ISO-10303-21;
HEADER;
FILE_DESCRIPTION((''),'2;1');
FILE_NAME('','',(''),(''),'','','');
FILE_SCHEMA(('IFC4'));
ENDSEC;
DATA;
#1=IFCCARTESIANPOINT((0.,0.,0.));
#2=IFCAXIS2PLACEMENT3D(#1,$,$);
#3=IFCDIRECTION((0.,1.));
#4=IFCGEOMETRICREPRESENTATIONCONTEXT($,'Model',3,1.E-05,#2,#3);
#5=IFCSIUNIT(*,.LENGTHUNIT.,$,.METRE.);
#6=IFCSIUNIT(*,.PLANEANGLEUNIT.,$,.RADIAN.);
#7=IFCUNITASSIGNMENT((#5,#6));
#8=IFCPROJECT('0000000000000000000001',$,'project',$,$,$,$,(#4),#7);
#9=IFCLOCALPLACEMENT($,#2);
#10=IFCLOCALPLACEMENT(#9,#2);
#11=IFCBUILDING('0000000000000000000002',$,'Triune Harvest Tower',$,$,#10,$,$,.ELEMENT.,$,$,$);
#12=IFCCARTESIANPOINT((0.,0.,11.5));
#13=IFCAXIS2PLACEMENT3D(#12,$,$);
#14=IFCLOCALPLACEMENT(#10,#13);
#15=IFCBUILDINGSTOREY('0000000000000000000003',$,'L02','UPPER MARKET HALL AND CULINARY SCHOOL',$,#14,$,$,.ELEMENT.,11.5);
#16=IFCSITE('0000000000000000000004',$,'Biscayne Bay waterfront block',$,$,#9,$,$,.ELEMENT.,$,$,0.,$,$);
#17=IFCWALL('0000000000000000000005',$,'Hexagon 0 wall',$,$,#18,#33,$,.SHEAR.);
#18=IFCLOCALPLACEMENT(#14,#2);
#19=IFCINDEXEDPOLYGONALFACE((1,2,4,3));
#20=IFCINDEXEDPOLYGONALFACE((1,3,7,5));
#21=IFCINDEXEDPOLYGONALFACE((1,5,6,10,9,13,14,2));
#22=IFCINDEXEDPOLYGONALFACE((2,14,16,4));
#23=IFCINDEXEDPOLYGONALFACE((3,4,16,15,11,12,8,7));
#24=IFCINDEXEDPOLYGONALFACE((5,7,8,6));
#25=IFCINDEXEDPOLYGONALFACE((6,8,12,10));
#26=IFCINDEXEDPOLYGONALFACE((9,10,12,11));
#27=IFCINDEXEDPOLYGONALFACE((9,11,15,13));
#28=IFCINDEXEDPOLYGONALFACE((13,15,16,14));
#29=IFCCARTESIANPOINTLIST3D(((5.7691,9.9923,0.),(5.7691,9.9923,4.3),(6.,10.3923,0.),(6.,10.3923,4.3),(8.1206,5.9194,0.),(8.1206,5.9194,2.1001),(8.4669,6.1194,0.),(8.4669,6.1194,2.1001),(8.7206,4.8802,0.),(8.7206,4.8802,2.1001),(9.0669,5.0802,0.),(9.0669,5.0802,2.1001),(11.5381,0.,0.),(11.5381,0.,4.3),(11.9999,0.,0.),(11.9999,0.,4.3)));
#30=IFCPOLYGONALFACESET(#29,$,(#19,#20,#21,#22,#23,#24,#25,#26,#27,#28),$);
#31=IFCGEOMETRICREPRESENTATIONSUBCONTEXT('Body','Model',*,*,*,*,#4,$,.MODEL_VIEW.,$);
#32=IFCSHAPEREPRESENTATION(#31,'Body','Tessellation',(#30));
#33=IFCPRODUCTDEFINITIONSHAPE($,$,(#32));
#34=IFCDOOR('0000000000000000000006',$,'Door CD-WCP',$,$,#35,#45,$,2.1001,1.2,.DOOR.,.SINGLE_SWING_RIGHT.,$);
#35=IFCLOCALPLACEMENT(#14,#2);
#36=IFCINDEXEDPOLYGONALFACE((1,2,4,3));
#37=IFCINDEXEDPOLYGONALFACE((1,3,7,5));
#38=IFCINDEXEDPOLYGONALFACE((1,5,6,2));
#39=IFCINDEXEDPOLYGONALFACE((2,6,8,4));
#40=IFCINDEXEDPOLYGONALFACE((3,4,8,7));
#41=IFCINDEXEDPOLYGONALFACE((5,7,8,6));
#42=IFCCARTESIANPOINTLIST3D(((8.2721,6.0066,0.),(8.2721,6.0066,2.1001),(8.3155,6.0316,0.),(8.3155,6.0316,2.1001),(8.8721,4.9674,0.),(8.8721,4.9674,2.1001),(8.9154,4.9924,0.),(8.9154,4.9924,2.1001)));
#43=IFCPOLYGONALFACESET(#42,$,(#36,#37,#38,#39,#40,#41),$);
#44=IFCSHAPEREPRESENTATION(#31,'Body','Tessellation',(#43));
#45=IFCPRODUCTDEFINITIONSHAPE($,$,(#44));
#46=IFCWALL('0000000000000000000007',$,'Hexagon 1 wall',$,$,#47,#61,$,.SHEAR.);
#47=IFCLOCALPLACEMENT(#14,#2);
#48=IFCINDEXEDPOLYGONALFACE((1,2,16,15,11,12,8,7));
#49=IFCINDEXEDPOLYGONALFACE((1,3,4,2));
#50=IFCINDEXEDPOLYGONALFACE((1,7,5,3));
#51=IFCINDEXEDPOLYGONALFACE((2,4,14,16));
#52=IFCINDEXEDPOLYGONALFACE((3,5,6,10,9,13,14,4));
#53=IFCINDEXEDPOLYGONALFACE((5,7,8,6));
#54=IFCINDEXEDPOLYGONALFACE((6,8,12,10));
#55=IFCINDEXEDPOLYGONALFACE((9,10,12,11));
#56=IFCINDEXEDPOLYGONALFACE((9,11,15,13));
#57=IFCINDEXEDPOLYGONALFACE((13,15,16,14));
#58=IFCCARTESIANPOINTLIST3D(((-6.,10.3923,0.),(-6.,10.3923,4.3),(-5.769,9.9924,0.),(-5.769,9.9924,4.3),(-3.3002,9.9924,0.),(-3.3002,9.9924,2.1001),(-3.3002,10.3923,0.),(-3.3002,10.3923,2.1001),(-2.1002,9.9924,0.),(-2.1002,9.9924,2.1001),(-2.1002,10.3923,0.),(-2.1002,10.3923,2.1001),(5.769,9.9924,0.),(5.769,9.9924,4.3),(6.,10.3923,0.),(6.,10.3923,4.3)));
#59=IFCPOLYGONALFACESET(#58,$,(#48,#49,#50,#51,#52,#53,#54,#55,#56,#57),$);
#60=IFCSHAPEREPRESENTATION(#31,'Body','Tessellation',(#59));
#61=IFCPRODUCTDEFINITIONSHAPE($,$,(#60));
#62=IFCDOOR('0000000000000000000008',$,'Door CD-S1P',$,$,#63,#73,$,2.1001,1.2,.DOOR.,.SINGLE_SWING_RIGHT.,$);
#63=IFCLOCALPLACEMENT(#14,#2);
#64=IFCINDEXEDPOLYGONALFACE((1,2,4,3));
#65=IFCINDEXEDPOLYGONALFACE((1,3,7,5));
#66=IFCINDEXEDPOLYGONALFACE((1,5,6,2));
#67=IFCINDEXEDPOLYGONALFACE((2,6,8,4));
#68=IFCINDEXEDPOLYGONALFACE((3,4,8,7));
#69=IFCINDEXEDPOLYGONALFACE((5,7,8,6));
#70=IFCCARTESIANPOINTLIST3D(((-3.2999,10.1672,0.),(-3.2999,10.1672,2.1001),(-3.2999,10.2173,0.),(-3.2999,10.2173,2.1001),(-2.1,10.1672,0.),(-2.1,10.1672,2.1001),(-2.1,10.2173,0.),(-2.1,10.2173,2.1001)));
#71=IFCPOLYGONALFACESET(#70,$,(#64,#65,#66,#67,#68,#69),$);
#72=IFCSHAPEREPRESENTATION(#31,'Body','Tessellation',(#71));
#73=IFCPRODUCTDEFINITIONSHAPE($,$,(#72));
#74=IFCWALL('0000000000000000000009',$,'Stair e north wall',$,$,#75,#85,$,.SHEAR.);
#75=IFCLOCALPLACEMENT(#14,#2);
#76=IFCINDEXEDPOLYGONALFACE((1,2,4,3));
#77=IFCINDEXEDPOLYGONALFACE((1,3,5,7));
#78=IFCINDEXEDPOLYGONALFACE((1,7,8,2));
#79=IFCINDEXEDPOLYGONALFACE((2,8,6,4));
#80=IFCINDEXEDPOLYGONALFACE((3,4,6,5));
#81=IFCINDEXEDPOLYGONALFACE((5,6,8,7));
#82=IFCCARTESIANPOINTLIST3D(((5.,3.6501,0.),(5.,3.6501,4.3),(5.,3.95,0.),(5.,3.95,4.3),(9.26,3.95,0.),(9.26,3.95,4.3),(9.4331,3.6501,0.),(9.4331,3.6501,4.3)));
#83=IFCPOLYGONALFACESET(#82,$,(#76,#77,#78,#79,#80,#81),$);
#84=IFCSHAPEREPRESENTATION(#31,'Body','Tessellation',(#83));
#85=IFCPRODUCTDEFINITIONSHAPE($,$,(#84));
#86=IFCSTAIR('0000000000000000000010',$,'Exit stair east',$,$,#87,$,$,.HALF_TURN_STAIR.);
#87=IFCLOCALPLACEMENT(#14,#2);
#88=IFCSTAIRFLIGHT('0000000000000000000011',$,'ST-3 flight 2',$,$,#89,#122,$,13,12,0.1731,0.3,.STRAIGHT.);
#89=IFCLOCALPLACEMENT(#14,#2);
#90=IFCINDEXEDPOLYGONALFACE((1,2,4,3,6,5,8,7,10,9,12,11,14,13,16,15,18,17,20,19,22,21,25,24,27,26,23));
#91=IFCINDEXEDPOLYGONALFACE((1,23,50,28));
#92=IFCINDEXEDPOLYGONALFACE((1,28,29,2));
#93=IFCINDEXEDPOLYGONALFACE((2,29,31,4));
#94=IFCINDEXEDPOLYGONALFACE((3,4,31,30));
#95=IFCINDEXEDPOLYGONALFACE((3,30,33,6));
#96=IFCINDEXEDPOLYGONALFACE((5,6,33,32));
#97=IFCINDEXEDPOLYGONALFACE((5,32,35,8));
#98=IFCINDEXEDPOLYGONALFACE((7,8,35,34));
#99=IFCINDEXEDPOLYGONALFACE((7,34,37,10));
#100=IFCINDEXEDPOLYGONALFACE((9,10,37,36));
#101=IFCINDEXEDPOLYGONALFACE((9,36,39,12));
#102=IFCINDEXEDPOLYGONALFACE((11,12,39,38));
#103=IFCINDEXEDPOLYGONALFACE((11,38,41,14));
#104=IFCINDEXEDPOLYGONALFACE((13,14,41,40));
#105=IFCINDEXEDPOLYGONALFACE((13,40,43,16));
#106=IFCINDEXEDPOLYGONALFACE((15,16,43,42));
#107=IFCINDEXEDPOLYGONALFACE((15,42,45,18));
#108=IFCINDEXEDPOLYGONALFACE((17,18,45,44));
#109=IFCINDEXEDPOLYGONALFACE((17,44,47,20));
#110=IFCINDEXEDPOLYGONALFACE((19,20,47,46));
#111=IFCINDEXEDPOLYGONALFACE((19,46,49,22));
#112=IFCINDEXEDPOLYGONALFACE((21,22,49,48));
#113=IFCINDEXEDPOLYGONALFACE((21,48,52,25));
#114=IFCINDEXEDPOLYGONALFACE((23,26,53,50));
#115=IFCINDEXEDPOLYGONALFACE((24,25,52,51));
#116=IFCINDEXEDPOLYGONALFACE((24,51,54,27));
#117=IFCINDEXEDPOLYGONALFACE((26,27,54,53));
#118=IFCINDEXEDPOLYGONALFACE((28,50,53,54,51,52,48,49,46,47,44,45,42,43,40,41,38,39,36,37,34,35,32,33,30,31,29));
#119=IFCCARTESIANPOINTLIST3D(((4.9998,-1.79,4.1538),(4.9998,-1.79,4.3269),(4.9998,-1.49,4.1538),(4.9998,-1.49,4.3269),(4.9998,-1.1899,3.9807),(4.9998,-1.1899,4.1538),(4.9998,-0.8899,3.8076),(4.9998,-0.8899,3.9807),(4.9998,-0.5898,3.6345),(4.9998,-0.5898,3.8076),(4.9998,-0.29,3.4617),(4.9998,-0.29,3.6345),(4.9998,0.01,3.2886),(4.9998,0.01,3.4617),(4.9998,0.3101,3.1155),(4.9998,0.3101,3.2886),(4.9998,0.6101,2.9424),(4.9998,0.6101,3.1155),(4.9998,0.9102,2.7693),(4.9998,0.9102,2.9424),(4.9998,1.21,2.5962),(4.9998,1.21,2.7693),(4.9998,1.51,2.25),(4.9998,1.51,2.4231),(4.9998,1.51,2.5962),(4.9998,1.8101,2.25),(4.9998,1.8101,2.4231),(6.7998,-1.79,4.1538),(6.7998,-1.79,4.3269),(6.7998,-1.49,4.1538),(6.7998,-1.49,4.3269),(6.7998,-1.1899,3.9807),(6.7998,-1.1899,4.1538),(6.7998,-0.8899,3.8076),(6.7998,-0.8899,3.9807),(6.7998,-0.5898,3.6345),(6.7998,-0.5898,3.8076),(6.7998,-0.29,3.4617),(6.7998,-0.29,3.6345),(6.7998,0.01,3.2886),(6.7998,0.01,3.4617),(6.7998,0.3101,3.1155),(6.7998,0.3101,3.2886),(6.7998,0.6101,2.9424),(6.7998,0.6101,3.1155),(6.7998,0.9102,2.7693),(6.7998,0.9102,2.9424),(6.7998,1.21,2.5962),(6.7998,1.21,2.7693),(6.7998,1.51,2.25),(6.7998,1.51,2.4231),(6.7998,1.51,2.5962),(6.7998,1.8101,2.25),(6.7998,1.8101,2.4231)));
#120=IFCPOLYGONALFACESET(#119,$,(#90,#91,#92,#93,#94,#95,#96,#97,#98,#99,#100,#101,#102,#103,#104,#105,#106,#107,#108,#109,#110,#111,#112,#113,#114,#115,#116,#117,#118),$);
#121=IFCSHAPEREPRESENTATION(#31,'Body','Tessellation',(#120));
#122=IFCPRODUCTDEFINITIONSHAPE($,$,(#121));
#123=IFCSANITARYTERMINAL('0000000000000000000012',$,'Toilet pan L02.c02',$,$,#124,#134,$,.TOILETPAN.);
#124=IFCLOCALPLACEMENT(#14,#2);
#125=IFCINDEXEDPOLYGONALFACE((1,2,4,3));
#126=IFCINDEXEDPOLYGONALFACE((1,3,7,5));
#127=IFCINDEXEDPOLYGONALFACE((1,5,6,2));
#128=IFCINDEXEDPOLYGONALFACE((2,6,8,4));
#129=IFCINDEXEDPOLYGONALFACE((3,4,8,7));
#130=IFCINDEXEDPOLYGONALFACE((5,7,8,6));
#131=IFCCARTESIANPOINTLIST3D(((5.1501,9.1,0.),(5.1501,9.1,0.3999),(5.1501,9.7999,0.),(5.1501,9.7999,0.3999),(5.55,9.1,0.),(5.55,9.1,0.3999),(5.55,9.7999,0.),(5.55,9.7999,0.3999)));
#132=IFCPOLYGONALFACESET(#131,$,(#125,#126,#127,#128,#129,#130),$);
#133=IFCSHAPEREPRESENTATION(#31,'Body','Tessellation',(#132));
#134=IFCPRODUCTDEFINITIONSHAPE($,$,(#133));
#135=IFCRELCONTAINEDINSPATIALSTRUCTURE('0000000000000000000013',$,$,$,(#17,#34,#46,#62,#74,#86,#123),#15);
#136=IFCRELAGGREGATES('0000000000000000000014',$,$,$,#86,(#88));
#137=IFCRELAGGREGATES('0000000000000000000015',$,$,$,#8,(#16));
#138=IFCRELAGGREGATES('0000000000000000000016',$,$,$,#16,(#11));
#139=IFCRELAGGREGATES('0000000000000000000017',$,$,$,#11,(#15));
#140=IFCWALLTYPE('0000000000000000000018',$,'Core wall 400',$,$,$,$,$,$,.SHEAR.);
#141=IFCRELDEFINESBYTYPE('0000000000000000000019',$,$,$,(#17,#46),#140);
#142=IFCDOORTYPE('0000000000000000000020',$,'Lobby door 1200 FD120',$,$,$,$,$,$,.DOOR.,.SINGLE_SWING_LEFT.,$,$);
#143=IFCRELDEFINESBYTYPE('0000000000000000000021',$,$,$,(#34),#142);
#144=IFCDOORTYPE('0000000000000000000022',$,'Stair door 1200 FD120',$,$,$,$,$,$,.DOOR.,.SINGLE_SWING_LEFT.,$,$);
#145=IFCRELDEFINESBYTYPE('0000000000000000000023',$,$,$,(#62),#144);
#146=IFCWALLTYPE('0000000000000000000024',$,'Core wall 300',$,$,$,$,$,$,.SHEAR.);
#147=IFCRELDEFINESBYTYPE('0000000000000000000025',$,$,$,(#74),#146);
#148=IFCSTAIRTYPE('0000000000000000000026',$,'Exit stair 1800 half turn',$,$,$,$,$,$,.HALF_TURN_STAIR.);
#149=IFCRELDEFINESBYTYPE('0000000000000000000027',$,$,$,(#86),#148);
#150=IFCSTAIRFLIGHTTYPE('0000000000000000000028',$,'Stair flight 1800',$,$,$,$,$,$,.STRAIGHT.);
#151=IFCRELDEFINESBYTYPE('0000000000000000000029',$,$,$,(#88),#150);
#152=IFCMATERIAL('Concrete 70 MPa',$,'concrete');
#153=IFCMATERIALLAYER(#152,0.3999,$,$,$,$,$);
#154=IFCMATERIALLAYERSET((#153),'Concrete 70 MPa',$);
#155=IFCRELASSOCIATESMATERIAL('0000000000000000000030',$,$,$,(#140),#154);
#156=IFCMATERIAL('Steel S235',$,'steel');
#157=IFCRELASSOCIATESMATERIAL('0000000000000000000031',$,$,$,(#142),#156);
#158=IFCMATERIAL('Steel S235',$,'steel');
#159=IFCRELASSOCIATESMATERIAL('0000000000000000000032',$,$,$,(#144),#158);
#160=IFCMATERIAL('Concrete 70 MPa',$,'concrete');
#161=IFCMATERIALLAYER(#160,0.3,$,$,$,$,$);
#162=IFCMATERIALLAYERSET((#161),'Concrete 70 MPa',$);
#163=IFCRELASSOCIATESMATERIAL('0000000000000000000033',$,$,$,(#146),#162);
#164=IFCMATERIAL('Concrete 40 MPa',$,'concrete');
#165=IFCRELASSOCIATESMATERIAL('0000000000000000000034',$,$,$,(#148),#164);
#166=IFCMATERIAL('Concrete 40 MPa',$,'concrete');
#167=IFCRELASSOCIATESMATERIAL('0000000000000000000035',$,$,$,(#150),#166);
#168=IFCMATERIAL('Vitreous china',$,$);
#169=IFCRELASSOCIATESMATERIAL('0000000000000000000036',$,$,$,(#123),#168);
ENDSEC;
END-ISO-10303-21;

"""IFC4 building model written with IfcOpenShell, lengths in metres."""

from ifc_helpers import new_model, si_unit, direction, frame, frame_2d, origin, origin_2d, place, context, subcontext, project, spatial, polyline, rectangle, outline, extrude, source, transform, mapped, material, layer, layer_set, type_object, element, fill, aggregate, save


model = new_model("IFC4")

# Units and contexts
model_context = context("Model", 3, precision=1e-05, world=origin(), true_north=direction((0.0, 1.0)))
body_context = subcontext(model_context, "Body", "Model", "MODEL_VIEW")
ifc_project = project(units=[si_unit("LENGTHUNIT", "METRE"), si_unit("PLANEANGLEUNIT", "RADIAN")], contexts=[model_context])

# Site, building, storey
site_placement = place(None, origin())
site = spatial("IfcSite", under=ifc_project, at=site_placement, Name="Biscayne Bay waterfront block", CompositionType="ELEMENT", RefElevation=0.0)
building_placement = place(site_placement, origin())
building = spatial("IfcBuilding", under=site, at=building_placement, Name="Triune Harvest Tower", CompositionType="ELEMENT")
storey_placement = place(building_placement, frame((0.0, 0.0, 11.5)))
storey = spatial("IfcBuildingStorey", under=building, at=storey_placement, Name="L02", Description="UPPER MARKET HALL AND CULINARY SCHOOL", CompositionType="ELEMENT", Elevation=11.5)

# Walls, openings, doors
ifc_material_1 = material(Name="Concrete 70 MPa", Category="concrete")
ifc_layer_1 = layer(ifc_material_1, 0.3999)
ifc_layer_set_1 = layer_set([ifc_layer_1], Name="Concrete 70 MPa")
wall_type_1 = type_object("IfcWallType", Name="Core wall 400", PredefinedType="SHEAR", material=ifc_layer_set_1)
shared_shape_1 = source(origin(), body_context, "Body", "SweptSolid", [
    extrude(outline(polyline([(-0.1155, -0.2), (11.8845, -0.2), (11.6536, 0.2), (0.1155, 0.2), (-0.1155, -0.2)])), origin(), (0.0, 0.0, 1.0), 4.3),
])
wall_1_placement = place(storey_placement, frame((11.769, 0.0, 0.0), z_axis=(0.0, 0.0, 1.0), x_axis=(-0.499997, 0.866027, 0.0)))
wall_1 = element("IfcWall", 1, at=wall_1_placement, inside=storey, type_object=wall_type_1, Name="Hexagon 0 wall", PredefinedType="SHEAR", context=body_context, shape_type="MappedRepresentation", body=[
    mapped(shared_shape_1, transform((0.0, 0.0, 0.0), scale=1.0)),
])
opening_1_placement = place(wall_1_placement, frame((5.7505, 0.0, 0.0)))
opening_1 = element("IfcOpeningElement", 2, at=opening_1_placement, cuts=wall_1, PredefinedType="OPENING", context=body_context, shape_type="SweptSolid", body=[
    extrude(rectangle(XDim=1.2, YDim=2.1001, at=frame_2d((0.6001, 1.05))), frame((0.0, 0.21, 0.0), z_axis=(0.0, -1.0, 0.0), x_axis=(1.0, 0.0, 0.0)), (0.0, 0.0, 1.0), 0.4199),
])
ifc_material_2 = material(Name="Steel S235", Category="steel")
door_type_1 = type_object("IfcDoorType", Name="Lobby door 1200 FD120", OperationType="SINGLE_SWING_LEFT", PredefinedType="DOOR", material=ifc_material_2)
door_1_placement = place(opening_1_placement, frame((1.2, 0.0, 0.0), z_axis=(0.0, 0.0, 1.0), x_axis=(-1.0, 0.0, 0.0)))
door_1 = element("IfcDoor", 3, at=door_1_placement, inside=storey, type_object=door_type_1, Name="Door CD-WCP", OperationType="SINGLE_SWING_RIGHT", OverallHeight=2.1001, OverallWidth=1.2, PredefinedType="DOOR", context=body_context, shape_type="SweptSolid", body=[
    extrude(rectangle(XDim=1.2, YDim=2.1001, at=frame_2d((0.6001, 1.05))), frame((0.0, 0.0249, 0.0), z_axis=(0.0, -1.0, 0.0), x_axis=(1.0, 0.0, 0.0)), (0.0, 0.0, 1.0), 0.05),
])
fill(opening_1, door_1)
wall_2_placement = place(storey_placement, frame((5.8845, 10.1924, 0.0), z_axis=(0.0, 0.0, 1.0), x_axis=(-1.0, 0.0, 0.0)))
wall_2 = element("IfcWall", 4, at=wall_2_placement, inside=storey, type_object=wall_type_1, Name="Hexagon 1 wall", PredefinedType="SHEAR", context=body_context, shape_type="MappedRepresentation", body=[
    mapped(shared_shape_1, transform((0.0, 0.0, 0.0), scale=1.0)),
])
opening_2_placement = place(wall_2_placement, frame((7.9846, 0.0, 0.0)))
opening_2 = element("IfcOpeningElement", 5, at=opening_2_placement, cuts=wall_2, PredefinedType="OPENING", context=body_context, shape_type="SweptSolid", body=[
    extrude(rectangle(XDim=1.2, YDim=2.1001, at=frame_2d((0.6001, 1.05))), frame((0.0, 0.21, 0.0), z_axis=(0.0, -1.0, 0.0), x_axis=(1.0, 0.0, 0.0)), (0.0, 0.0, 1.0), 0.4199),
])
ifc_material_3 = material(Name="Steel S235", Category="steel")
door_type_2 = type_object("IfcDoorType", Name="Stair door 1200 FD120", OperationType="SINGLE_SWING_LEFT", PredefinedType="DOOR", material=ifc_material_3)
door_2_placement = place(opening_2_placement, frame((1.2, 0.0, 0.0), z_axis=(0.0, 0.0, 1.0), x_axis=(-1.0, 0.0, 0.0)))
door_2 = element("IfcDoor", 6, at=door_2_placement, inside=storey, type_object=door_type_2, Name="Door CD-S1P", OperationType="SINGLE_SWING_RIGHT", OverallHeight=2.1001, OverallWidth=1.2, PredefinedType="DOOR", context=body_context, shape_type="SweptSolid", body=[
    extrude(rectangle(XDim=1.2, YDim=2.1001, at=frame_2d((0.6001, 1.05))), frame((0.0, 0.0249, 0.0), z_axis=(0.0, -1.0, 0.0), x_axis=(1.0, 0.0, 0.0)), (0.0, 0.0, 1.0), 0.05),
])
fill(opening_2, door_2)

# Wall
ifc_material_4 = material(Name="Concrete 70 MPa", Category="concrete")
ifc_layer_2 = layer(ifc_material_4, 0.3)
ifc_layer_set_2 = layer_set([ifc_layer_2], Name="Concrete 70 MPa")
wall_type_2 = type_object("IfcWallType", Name="Core wall 300", PredefinedType="SHEAR", material=ifc_layer_set_2)
shared_shape_2 = source(origin(), body_context, "Body", "SweptSolid", [
    extrude(outline(polyline([(0.0, -0.1499), (0.0, 0.1499), (4.26, 0.1499), (4.4331, -0.1499), (0.0, -0.1499)])), origin(), (0.0, 0.0, 1.0), 4.3),
])
wall_3_placement = place(storey_placement, frame((5.0, 3.8, 0.0), z_axis=(0.0, 0.0, 1.0), x_axis=(1.0, 0.0, 0.0)))
element("IfcWall", 7, at=wall_3_placement, inside=storey, type_object=wall_type_2, Name="Stair e north wall", PredefinedType="SHEAR", context=body_context, shape_type="MappedRepresentation", body=[
    mapped(shared_shape_2, transform((0.0, 0.0, 0.0), scale=1.0)),
])

# Stair, stair flight
ifc_material_5 = material(Name="Concrete 40 MPa", Category="concrete")
stair_type = type_object("IfcStairType", Name="Exit stair 1800 half turn", PredefinedType="HALF_TURN_STAIR", material=ifc_material_5)
stair_placement = place(storey_placement, origin())
stair = element("IfcStair", 8, at=stair_placement, inside=storey, type_object=stair_type, Name="Exit stair east", PredefinedType="HALF_TURN_STAIR")
ifc_material_6 = material(Name="Concrete 40 MPa", Category="concrete")
stair_flight_type = type_object("IfcStairFlightType", Name="Stair flight 1800", PredefinedType="STRAIGHT", material=ifc_material_6)
shared_shape_3 = source(origin(), body_context, "Body", "SweptSolid", [
    extrude(outline(polyline([(0.0, 0.0), (0.0, 0.1731), (0.3, 0.1731), (0.3, 0.3462), (0.6001, 0.3462), (0.6001, 0.5193), (0.8999, 0.5193), (0.8999, 0.6924), (1.2, 0.6924), (1.2, 0.8655), (1.5, 0.8655), (1.5, 1.0386), (1.8, 1.0386), (1.8, 1.2117), (2.1001, 1.2117), (2.1001, 1.3845), (2.3999, 1.3845), (2.3999, 1.5576), (2.7, 1.5576), (2.7, 1.7307), (3.0, 1.7307), (3.0, 1.9038), (3.3, 1.9038), (3.3, 2.0769), (3.6001, 2.0769), (3.6001, 2.25), (3.6001, 1.9038), (0.3, 0.0), (0.0, 0.0)])), frame((0.0, 0.8999, 0.0), z_axis=(0.0, -1.0, 0.0), x_axis=(1.0, 0.0, 0.0)), (0.0, 0.0, 1.0), 1.8),
])
stair_flight_placement = place(storey_placement, frame((5.8999, 1.8101, 2.25), z_axis=(0.0, 0.0, 1.0), x_axis=(0.0, -1.0, 0.0)))
stair_flight = element("IfcStairFlight", 9, at=stair_flight_placement, type_object=stair_flight_type, Name="ST-3 flight 2", NumberOfRisers=13, NumberOfTreads=12, PredefinedType="STRAIGHT", RiserHeight=0.1731, TreadLength=0.3, context=body_context, shape_type="MappedRepresentation", body=[
    mapped(shared_shape_3, transform((0.0, 0.0, 0.0), scale=1.0)),
])
aggregate(stair, [stair_flight])

# Sanitary terminal
ifc_material_7 = material(Name="Vitreous china")
shared_shape_4 = source(origin(), body_context, "Body", "SweptSolid", [
    extrude(rectangle(XDim=0.3999, YDim=0.7, at=origin_2d()), origin(), (0.0, 0.0, 1.0), 0.3999),
])
sanitary_terminal_placement = place(storey_placement, frame((5.3501, 9.45, 0.0), z_axis=(0.0, 0.0, 1.0), x_axis=(1.0, 0.0, 0.0)))
element("IfcSanitaryTerminal", 10, at=sanitary_terminal_placement, inside=storey, material=ifc_material_7, Name="Toilet pan L02.c02", PredefinedType="TOILETPAN", context=body_context, shape_type="MappedRepresentation", body=[
    mapped(shared_shape_4, transform((0.0, 0.0, 0.0), scale=1.0)),
])

save(model, "model.ifc")
